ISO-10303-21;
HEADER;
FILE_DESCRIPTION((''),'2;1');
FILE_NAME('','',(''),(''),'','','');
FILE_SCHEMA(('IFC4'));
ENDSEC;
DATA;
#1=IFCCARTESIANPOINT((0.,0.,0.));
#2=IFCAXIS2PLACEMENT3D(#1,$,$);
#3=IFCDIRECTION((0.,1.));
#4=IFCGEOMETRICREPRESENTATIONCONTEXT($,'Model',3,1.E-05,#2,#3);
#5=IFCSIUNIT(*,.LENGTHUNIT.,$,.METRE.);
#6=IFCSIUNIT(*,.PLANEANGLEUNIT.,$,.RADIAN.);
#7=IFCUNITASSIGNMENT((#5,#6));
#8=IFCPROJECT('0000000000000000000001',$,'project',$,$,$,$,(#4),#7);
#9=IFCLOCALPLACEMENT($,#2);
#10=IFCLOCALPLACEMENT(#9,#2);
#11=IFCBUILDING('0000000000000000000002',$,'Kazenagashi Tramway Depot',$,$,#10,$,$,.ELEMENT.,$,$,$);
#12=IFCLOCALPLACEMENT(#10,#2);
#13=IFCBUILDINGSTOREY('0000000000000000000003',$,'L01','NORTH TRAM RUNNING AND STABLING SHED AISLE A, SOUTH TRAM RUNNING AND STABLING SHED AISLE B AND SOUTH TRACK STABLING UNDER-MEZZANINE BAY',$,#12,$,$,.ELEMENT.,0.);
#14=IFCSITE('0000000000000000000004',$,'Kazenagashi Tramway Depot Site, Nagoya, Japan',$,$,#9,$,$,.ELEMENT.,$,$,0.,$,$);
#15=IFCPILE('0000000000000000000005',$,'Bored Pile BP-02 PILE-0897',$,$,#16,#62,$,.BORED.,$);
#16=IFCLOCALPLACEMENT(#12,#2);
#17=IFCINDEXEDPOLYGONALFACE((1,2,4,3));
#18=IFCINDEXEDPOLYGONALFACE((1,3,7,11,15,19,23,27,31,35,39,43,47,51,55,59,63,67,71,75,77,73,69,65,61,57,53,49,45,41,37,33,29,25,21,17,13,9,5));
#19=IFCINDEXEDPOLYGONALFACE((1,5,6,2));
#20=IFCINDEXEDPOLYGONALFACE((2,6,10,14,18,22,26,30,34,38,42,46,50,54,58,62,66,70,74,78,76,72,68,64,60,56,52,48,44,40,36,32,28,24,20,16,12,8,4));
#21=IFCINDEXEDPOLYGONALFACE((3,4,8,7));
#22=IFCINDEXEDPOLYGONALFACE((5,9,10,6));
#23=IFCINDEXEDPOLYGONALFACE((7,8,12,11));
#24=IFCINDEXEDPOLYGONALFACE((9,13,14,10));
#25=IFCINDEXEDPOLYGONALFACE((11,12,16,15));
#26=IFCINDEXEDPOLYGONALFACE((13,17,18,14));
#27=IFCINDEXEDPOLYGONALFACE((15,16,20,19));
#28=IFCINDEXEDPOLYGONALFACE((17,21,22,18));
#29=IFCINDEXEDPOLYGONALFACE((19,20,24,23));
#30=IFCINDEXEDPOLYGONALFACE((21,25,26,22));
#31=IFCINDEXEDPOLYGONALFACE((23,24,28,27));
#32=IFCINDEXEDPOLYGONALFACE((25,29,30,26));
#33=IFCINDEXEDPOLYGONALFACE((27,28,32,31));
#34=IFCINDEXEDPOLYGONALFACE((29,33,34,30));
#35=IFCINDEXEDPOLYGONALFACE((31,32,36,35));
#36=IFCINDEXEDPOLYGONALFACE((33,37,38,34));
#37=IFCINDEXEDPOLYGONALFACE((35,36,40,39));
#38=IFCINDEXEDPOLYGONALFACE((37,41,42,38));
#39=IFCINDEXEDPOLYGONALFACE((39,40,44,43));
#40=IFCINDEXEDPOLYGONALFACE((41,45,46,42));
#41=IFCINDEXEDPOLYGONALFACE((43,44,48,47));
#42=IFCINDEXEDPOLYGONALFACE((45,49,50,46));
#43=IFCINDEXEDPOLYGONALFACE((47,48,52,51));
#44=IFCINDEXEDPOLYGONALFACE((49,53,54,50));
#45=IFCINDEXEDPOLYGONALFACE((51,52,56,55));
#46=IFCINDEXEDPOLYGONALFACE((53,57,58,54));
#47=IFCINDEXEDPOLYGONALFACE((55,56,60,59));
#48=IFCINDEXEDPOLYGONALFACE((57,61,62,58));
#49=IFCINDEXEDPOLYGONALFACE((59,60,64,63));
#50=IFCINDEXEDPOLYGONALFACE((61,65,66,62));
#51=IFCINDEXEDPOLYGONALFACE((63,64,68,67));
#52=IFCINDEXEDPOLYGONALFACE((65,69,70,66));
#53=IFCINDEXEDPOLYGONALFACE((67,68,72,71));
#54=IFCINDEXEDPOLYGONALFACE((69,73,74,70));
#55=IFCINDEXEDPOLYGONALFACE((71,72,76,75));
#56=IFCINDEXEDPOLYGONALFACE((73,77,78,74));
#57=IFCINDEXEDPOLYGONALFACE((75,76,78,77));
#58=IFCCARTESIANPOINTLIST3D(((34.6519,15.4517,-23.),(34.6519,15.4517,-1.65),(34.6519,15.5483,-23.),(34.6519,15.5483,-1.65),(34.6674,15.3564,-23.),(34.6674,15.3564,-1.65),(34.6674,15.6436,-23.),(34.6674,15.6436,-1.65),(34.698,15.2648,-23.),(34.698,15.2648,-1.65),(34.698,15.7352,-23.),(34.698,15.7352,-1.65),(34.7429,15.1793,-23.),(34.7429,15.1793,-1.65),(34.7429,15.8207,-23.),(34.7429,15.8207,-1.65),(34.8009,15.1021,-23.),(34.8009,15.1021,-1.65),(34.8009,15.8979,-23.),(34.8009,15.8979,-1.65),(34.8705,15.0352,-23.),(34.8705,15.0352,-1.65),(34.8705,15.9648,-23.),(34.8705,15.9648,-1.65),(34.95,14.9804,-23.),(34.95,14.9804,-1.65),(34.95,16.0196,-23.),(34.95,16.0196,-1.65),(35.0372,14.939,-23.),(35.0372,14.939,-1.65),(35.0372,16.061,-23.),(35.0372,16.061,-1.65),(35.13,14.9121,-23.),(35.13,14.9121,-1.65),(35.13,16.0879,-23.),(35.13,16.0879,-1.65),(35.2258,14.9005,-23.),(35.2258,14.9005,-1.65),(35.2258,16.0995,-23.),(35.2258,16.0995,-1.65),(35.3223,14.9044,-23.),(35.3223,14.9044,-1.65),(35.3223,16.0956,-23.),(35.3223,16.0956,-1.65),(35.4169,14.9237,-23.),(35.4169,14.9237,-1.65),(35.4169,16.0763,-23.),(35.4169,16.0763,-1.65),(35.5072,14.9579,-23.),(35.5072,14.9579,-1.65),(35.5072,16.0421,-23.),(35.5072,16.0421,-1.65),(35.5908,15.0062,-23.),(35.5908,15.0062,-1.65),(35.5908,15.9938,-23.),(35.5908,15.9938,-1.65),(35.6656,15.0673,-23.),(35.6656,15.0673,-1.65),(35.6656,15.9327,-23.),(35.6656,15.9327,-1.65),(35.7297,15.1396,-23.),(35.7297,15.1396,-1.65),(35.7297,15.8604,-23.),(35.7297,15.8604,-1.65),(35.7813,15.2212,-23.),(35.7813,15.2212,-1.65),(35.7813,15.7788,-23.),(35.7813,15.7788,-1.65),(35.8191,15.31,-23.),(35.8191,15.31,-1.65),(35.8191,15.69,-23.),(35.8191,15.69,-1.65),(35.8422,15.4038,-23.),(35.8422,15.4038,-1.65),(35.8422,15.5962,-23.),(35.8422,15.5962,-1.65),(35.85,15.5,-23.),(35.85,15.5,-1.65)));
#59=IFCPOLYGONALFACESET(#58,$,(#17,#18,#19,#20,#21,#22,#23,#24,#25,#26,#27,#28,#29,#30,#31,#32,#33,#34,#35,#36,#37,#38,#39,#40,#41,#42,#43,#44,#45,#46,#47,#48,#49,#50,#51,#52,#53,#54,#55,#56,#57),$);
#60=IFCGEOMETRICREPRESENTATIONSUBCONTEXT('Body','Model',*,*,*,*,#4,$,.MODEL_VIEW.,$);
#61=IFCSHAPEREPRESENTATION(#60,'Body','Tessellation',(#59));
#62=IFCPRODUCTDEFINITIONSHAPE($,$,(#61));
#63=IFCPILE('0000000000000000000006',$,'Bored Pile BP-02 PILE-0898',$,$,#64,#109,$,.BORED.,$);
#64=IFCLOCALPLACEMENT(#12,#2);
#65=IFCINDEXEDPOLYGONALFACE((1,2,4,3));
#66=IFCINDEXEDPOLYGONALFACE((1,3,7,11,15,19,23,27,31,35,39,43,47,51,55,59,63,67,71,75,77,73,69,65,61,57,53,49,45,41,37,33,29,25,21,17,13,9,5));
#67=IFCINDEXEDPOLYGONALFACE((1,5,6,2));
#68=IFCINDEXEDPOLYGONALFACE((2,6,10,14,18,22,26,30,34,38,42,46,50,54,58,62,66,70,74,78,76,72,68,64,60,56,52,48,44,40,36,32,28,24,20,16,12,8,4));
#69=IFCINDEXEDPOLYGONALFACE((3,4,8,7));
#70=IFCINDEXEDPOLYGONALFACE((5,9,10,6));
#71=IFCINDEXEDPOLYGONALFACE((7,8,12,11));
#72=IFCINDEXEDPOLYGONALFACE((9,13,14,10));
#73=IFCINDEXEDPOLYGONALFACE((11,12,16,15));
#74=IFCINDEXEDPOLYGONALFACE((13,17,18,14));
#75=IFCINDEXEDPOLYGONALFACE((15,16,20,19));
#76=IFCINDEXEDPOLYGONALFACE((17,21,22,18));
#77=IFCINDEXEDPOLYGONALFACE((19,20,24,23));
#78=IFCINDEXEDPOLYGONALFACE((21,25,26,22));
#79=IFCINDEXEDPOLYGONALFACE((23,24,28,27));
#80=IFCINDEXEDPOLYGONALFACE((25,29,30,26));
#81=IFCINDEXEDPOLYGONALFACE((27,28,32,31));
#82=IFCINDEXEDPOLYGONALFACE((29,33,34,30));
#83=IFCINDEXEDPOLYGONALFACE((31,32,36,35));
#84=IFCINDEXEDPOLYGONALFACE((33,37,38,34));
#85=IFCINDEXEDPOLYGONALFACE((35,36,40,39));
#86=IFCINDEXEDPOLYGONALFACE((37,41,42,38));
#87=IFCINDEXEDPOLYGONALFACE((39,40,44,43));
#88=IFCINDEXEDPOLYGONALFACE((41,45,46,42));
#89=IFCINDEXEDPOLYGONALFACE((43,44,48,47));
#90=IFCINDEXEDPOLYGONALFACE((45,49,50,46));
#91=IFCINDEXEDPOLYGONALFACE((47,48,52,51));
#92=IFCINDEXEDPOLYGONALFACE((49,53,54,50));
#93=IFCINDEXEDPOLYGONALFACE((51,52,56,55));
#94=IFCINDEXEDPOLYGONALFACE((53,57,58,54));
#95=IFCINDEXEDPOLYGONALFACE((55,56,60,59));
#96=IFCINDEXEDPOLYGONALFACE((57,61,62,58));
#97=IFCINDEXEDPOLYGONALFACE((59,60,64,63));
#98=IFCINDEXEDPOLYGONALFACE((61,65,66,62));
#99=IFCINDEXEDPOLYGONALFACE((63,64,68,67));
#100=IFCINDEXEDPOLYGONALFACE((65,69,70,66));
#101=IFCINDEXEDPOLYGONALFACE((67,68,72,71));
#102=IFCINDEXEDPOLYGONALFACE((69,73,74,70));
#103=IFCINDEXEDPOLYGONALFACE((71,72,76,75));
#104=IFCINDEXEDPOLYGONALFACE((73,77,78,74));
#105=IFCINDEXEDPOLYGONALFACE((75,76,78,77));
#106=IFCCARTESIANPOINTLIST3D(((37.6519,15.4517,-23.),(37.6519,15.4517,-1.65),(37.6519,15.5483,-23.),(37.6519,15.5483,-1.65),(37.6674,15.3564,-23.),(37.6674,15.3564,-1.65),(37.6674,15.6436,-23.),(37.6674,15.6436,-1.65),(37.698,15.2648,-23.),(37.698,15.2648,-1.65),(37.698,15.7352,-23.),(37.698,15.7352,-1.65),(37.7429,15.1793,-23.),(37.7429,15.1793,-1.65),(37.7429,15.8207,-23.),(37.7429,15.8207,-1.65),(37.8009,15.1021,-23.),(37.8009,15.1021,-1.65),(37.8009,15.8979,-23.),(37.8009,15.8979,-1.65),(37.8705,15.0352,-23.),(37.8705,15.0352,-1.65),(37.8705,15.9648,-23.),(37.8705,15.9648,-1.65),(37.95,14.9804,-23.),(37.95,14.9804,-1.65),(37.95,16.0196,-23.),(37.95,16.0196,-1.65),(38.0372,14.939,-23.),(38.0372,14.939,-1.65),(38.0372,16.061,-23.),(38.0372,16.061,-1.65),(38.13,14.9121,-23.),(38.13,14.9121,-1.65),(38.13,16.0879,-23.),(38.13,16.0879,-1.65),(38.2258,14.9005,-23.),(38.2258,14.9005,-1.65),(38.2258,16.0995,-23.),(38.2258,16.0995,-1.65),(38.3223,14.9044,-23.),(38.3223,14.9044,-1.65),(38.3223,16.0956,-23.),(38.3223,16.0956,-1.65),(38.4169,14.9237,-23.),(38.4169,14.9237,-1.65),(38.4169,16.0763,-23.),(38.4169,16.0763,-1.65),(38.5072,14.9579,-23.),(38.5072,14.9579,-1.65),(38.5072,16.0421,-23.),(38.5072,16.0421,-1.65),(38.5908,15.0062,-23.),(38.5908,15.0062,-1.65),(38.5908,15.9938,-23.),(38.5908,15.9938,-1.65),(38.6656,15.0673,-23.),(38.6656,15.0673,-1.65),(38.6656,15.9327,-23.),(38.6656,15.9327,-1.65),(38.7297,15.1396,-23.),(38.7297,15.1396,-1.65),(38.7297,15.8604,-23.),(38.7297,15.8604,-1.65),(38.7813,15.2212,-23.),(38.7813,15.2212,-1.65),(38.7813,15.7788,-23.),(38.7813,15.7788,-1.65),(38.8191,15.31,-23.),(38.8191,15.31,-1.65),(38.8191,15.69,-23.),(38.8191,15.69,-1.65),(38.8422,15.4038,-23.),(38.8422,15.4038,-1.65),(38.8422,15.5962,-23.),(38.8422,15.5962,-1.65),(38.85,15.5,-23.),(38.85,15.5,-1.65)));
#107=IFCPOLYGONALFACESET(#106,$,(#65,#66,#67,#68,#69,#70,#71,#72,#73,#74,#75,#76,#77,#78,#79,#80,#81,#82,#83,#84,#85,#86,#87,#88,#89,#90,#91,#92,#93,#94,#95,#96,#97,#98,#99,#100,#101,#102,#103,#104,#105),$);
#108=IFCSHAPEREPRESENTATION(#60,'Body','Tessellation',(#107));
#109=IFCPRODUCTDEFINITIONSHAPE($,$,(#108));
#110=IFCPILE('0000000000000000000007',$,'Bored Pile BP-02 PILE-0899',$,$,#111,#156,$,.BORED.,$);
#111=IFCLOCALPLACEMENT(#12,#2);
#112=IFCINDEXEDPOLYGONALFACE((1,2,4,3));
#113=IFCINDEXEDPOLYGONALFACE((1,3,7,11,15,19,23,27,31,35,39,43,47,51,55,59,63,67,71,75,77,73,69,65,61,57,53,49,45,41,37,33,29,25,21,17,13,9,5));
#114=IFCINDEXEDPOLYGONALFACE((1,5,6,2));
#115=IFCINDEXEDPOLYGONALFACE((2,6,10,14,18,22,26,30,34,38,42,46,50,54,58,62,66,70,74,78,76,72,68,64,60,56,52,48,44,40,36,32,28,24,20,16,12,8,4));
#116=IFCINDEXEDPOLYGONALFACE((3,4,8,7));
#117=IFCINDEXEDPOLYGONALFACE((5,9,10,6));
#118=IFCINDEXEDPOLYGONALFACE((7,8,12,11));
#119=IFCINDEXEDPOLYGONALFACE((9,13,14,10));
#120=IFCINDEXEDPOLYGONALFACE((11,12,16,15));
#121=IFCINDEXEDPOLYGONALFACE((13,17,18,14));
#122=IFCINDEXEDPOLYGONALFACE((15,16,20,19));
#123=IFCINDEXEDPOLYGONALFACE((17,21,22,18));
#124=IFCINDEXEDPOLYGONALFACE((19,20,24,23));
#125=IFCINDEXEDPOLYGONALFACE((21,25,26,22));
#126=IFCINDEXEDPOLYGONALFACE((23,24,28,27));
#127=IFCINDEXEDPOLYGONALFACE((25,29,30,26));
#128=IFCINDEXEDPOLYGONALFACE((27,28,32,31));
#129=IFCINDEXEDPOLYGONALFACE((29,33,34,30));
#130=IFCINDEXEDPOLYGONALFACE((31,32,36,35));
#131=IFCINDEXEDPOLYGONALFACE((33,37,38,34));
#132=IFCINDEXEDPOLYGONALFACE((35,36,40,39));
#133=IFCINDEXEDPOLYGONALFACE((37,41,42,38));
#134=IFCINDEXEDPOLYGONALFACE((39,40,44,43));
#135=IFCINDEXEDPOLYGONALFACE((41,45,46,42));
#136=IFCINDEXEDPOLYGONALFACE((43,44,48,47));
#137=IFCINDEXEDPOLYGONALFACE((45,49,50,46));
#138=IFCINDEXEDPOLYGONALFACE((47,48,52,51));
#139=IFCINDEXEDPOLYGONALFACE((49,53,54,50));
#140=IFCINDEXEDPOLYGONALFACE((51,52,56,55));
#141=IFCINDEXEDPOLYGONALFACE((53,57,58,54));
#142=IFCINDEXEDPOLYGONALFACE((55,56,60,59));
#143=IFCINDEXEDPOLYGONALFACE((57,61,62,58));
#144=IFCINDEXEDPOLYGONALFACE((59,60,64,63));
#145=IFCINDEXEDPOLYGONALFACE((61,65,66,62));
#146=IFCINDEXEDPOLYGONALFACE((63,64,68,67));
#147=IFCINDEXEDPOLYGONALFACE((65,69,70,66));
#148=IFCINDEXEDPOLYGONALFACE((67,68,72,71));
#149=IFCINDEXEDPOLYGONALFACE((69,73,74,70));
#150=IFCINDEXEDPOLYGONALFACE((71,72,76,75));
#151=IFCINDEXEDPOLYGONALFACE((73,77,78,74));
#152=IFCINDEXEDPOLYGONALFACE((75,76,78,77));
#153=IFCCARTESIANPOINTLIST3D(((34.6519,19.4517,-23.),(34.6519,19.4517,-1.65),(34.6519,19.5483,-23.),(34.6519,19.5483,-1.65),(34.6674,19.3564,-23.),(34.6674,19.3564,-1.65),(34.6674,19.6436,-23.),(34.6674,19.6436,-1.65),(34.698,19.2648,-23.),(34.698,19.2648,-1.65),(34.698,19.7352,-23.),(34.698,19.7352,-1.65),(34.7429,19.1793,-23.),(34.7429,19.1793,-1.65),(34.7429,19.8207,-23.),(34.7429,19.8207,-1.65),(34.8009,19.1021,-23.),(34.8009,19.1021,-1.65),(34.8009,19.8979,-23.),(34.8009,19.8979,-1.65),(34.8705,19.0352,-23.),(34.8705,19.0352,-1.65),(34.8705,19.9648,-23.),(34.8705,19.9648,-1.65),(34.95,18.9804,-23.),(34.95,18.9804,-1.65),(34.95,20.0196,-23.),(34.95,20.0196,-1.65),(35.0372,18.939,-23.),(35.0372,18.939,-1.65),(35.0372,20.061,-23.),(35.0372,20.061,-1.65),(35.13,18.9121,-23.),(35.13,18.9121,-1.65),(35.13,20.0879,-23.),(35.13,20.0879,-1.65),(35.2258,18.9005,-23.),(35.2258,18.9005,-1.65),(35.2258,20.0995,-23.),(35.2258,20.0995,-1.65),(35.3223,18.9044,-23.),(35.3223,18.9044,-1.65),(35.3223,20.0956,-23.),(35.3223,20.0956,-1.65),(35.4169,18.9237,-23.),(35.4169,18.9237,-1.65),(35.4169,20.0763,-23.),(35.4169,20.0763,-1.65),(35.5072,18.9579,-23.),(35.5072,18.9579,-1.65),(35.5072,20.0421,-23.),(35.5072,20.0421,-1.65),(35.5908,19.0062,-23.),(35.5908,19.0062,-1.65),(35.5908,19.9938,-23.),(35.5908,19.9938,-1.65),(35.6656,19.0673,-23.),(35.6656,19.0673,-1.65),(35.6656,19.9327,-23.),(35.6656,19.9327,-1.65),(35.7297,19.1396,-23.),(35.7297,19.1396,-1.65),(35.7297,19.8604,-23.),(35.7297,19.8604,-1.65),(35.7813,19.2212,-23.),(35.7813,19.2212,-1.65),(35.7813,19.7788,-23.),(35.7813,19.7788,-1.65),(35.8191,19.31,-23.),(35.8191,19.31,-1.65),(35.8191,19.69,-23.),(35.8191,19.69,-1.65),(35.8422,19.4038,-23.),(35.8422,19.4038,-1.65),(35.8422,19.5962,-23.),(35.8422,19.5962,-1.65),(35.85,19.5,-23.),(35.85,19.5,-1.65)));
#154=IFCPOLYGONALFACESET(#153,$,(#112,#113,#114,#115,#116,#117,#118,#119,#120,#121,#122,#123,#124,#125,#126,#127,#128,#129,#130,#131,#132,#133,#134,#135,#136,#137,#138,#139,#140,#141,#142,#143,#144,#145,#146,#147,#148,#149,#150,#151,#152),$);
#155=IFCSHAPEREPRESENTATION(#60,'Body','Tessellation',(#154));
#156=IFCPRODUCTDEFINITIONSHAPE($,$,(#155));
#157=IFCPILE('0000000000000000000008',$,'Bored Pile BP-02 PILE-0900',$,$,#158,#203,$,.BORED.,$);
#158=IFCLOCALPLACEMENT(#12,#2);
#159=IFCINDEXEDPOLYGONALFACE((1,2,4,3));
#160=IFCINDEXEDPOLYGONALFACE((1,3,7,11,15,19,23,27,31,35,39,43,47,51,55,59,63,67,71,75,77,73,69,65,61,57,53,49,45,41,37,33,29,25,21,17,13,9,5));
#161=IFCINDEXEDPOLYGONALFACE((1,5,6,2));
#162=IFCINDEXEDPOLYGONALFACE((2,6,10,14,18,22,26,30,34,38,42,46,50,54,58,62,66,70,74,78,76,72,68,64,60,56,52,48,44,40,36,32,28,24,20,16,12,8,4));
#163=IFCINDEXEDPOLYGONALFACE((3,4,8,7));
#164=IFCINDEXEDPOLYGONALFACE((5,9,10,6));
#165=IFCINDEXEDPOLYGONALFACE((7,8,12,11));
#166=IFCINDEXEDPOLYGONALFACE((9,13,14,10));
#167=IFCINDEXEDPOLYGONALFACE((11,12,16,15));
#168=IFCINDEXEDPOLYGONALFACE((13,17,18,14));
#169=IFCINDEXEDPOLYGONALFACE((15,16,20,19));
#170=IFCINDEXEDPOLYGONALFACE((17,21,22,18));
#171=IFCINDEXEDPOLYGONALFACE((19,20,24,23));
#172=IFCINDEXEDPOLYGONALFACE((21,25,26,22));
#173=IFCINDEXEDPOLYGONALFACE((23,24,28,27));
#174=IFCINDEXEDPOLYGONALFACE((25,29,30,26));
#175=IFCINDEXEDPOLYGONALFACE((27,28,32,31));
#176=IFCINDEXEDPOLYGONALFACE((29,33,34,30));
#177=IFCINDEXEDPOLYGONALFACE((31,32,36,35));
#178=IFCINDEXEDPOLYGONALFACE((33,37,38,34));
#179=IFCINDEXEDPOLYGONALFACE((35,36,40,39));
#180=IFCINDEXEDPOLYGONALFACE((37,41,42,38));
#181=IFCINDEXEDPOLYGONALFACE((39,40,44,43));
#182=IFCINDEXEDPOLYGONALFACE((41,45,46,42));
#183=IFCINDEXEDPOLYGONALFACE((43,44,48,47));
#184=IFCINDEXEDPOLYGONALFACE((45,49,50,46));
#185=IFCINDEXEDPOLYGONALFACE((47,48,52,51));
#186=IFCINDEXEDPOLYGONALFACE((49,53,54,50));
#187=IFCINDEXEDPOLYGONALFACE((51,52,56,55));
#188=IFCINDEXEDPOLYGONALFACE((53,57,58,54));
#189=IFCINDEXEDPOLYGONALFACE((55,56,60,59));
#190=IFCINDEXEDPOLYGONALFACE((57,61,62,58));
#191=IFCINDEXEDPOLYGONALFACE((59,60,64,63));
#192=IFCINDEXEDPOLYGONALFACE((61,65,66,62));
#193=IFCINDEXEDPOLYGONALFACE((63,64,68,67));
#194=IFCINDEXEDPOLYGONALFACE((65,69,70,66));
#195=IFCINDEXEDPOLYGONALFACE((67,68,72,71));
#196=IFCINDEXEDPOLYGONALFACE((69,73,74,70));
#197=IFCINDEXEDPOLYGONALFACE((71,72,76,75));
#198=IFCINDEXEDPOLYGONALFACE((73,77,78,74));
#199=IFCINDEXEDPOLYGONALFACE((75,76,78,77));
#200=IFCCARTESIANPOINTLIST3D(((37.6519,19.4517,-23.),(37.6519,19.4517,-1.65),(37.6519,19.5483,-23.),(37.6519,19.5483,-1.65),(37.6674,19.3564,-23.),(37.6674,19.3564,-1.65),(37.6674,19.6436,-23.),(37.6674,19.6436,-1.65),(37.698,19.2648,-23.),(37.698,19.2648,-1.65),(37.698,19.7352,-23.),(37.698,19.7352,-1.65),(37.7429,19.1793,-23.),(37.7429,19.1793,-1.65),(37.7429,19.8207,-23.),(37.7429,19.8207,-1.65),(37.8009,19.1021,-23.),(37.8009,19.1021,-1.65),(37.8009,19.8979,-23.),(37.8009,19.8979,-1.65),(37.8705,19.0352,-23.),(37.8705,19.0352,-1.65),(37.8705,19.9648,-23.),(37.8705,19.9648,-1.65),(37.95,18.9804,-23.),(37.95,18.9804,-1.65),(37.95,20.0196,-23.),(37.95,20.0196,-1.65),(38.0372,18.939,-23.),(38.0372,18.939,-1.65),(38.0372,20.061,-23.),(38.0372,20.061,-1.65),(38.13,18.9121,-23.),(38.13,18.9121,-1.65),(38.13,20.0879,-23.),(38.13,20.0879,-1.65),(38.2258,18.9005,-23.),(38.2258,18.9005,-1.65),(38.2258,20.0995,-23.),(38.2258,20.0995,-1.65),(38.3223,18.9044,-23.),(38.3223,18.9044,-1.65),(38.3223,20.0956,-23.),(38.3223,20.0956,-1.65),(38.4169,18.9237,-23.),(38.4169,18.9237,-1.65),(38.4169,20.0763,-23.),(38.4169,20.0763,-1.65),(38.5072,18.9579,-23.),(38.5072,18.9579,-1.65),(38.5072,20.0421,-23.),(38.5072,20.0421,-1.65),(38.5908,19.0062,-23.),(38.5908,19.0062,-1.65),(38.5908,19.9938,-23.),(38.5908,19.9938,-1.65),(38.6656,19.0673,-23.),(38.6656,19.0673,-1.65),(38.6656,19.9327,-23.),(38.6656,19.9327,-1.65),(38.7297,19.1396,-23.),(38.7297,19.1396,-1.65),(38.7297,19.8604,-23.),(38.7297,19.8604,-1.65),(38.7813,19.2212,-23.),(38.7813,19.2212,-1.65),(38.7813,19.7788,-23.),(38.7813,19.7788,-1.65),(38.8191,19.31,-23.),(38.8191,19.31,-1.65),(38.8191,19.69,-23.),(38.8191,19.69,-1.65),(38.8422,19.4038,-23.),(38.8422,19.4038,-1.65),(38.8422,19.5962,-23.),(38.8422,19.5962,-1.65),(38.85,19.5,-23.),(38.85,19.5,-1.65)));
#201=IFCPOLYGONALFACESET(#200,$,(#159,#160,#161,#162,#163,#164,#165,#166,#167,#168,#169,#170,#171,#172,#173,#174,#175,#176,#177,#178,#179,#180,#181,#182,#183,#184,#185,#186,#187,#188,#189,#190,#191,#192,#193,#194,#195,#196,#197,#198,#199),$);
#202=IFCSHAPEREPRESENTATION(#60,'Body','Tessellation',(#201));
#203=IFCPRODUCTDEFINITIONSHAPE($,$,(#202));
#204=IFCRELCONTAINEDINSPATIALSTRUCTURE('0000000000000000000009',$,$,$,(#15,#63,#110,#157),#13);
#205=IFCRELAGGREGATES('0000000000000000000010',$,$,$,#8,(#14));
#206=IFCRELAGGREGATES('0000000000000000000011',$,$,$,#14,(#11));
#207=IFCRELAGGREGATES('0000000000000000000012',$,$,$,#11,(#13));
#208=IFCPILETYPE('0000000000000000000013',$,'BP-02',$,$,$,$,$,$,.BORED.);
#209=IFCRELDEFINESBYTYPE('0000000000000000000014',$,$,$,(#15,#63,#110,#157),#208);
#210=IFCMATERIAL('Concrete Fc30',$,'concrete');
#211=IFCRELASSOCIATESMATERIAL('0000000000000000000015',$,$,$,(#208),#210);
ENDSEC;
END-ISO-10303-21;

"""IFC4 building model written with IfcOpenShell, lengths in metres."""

from ifc_helpers import new_model, si_unit, direction, frame, origin, origin_2d, place, context, subcontext, project, spatial, circle, extrude, material, material_profile, profile_set, type_object, element, save


model = new_model("IFC4")

# Units and contexts
model_context = context("Model", 3, precision=1e-05, world=origin(), true_north=direction((0.0, 1.0)))
body_context = subcontext(model_context, "Body", "Model", "MODEL_VIEW")
ifc_project = project(units=[si_unit("LENGTHUNIT", "METRE"), si_unit("PLANEANGLEUNIT", "RADIAN")], contexts=[model_context])

# Site, building, storey
site_placement = place(None, origin())
site = spatial("IfcSite", under=ifc_project, at=site_placement, Name="Kazenagashi Tramway Depot Site, Nagoya, Japan", CompositionType="ELEMENT", RefElevation=0.0)
building_placement = place(site_placement, origin())
building = spatial("IfcBuilding", under=site, at=building_placement, Name="Kazenagashi Tramway Depot", CompositionType="ELEMENT")
storey_placement = place(building_placement, origin())
storey = spatial("IfcBuildingStorey", under=building, at=storey_placement, Name="L01", Description="NORTH TRAM RUNNING AND STABLING SHED AISLE A, SOUTH TRAM RUNNING AND STABLING SHED AISLE B AND SOUTH TRACK STABLING UNDER-MEZZANINE BAY", CompositionType="ELEMENT", Elevation=0.0)

# Piles
ifc_material_1 = material(Name="Concrete Fc30", Category="concrete")
ifc_material_profile_1 = material_profile(ifc_material_1, circle(Radius=0.6, at=origin_2d()), Name="PILE-1200")
ifc_profile_set_1 = profile_set([ifc_material_profile_1], Name="Concrete Fc30")
pile_type_1 = type_object("IfcPileType", Name="BP-02", PredefinedType="BORED", material=ifc_profile_set_1)
for number, where, z_axis, x_axis, name in (
    (1, (35.25, 15.5, -1.65), (0.0, 0.0, -1.0), (1.0, 0.0, 0.0), "Bored Pile BP-02 PILE-0897"),
    (2, (38.25, 15.5, -1.65), (0.0, 0.0, -1.0), (1.0, 0.0, 0.0), "Bored Pile BP-02 PILE-0898"),
    (3, (35.25, 19.5, -1.65), (0.0, 0.0, -1.0), (1.0, 0.0, 0.0), "Bored Pile BP-02 PILE-0899"),
    (4, (38.25, 19.5, -1.65), (0.0, 0.0, -1.0), (1.0, 0.0, 0.0), "Bored Pile BP-02 PILE-0900"),
):
    element("IfcPile", number, at=place(storey_placement, frame(where, z_axis=z_axis, x_axis=x_axis)), inside=storey, type_object=pile_type_1, Name=name, PredefinedType="BORED", context=body_context, shape_type="SweptSolid", body=[
        extrude(circle(Radius=0.6, at=origin_2d()), origin(), (0.0, 0.0, 1.0), 21.35),
    ])

save(model, "model.ifc")
